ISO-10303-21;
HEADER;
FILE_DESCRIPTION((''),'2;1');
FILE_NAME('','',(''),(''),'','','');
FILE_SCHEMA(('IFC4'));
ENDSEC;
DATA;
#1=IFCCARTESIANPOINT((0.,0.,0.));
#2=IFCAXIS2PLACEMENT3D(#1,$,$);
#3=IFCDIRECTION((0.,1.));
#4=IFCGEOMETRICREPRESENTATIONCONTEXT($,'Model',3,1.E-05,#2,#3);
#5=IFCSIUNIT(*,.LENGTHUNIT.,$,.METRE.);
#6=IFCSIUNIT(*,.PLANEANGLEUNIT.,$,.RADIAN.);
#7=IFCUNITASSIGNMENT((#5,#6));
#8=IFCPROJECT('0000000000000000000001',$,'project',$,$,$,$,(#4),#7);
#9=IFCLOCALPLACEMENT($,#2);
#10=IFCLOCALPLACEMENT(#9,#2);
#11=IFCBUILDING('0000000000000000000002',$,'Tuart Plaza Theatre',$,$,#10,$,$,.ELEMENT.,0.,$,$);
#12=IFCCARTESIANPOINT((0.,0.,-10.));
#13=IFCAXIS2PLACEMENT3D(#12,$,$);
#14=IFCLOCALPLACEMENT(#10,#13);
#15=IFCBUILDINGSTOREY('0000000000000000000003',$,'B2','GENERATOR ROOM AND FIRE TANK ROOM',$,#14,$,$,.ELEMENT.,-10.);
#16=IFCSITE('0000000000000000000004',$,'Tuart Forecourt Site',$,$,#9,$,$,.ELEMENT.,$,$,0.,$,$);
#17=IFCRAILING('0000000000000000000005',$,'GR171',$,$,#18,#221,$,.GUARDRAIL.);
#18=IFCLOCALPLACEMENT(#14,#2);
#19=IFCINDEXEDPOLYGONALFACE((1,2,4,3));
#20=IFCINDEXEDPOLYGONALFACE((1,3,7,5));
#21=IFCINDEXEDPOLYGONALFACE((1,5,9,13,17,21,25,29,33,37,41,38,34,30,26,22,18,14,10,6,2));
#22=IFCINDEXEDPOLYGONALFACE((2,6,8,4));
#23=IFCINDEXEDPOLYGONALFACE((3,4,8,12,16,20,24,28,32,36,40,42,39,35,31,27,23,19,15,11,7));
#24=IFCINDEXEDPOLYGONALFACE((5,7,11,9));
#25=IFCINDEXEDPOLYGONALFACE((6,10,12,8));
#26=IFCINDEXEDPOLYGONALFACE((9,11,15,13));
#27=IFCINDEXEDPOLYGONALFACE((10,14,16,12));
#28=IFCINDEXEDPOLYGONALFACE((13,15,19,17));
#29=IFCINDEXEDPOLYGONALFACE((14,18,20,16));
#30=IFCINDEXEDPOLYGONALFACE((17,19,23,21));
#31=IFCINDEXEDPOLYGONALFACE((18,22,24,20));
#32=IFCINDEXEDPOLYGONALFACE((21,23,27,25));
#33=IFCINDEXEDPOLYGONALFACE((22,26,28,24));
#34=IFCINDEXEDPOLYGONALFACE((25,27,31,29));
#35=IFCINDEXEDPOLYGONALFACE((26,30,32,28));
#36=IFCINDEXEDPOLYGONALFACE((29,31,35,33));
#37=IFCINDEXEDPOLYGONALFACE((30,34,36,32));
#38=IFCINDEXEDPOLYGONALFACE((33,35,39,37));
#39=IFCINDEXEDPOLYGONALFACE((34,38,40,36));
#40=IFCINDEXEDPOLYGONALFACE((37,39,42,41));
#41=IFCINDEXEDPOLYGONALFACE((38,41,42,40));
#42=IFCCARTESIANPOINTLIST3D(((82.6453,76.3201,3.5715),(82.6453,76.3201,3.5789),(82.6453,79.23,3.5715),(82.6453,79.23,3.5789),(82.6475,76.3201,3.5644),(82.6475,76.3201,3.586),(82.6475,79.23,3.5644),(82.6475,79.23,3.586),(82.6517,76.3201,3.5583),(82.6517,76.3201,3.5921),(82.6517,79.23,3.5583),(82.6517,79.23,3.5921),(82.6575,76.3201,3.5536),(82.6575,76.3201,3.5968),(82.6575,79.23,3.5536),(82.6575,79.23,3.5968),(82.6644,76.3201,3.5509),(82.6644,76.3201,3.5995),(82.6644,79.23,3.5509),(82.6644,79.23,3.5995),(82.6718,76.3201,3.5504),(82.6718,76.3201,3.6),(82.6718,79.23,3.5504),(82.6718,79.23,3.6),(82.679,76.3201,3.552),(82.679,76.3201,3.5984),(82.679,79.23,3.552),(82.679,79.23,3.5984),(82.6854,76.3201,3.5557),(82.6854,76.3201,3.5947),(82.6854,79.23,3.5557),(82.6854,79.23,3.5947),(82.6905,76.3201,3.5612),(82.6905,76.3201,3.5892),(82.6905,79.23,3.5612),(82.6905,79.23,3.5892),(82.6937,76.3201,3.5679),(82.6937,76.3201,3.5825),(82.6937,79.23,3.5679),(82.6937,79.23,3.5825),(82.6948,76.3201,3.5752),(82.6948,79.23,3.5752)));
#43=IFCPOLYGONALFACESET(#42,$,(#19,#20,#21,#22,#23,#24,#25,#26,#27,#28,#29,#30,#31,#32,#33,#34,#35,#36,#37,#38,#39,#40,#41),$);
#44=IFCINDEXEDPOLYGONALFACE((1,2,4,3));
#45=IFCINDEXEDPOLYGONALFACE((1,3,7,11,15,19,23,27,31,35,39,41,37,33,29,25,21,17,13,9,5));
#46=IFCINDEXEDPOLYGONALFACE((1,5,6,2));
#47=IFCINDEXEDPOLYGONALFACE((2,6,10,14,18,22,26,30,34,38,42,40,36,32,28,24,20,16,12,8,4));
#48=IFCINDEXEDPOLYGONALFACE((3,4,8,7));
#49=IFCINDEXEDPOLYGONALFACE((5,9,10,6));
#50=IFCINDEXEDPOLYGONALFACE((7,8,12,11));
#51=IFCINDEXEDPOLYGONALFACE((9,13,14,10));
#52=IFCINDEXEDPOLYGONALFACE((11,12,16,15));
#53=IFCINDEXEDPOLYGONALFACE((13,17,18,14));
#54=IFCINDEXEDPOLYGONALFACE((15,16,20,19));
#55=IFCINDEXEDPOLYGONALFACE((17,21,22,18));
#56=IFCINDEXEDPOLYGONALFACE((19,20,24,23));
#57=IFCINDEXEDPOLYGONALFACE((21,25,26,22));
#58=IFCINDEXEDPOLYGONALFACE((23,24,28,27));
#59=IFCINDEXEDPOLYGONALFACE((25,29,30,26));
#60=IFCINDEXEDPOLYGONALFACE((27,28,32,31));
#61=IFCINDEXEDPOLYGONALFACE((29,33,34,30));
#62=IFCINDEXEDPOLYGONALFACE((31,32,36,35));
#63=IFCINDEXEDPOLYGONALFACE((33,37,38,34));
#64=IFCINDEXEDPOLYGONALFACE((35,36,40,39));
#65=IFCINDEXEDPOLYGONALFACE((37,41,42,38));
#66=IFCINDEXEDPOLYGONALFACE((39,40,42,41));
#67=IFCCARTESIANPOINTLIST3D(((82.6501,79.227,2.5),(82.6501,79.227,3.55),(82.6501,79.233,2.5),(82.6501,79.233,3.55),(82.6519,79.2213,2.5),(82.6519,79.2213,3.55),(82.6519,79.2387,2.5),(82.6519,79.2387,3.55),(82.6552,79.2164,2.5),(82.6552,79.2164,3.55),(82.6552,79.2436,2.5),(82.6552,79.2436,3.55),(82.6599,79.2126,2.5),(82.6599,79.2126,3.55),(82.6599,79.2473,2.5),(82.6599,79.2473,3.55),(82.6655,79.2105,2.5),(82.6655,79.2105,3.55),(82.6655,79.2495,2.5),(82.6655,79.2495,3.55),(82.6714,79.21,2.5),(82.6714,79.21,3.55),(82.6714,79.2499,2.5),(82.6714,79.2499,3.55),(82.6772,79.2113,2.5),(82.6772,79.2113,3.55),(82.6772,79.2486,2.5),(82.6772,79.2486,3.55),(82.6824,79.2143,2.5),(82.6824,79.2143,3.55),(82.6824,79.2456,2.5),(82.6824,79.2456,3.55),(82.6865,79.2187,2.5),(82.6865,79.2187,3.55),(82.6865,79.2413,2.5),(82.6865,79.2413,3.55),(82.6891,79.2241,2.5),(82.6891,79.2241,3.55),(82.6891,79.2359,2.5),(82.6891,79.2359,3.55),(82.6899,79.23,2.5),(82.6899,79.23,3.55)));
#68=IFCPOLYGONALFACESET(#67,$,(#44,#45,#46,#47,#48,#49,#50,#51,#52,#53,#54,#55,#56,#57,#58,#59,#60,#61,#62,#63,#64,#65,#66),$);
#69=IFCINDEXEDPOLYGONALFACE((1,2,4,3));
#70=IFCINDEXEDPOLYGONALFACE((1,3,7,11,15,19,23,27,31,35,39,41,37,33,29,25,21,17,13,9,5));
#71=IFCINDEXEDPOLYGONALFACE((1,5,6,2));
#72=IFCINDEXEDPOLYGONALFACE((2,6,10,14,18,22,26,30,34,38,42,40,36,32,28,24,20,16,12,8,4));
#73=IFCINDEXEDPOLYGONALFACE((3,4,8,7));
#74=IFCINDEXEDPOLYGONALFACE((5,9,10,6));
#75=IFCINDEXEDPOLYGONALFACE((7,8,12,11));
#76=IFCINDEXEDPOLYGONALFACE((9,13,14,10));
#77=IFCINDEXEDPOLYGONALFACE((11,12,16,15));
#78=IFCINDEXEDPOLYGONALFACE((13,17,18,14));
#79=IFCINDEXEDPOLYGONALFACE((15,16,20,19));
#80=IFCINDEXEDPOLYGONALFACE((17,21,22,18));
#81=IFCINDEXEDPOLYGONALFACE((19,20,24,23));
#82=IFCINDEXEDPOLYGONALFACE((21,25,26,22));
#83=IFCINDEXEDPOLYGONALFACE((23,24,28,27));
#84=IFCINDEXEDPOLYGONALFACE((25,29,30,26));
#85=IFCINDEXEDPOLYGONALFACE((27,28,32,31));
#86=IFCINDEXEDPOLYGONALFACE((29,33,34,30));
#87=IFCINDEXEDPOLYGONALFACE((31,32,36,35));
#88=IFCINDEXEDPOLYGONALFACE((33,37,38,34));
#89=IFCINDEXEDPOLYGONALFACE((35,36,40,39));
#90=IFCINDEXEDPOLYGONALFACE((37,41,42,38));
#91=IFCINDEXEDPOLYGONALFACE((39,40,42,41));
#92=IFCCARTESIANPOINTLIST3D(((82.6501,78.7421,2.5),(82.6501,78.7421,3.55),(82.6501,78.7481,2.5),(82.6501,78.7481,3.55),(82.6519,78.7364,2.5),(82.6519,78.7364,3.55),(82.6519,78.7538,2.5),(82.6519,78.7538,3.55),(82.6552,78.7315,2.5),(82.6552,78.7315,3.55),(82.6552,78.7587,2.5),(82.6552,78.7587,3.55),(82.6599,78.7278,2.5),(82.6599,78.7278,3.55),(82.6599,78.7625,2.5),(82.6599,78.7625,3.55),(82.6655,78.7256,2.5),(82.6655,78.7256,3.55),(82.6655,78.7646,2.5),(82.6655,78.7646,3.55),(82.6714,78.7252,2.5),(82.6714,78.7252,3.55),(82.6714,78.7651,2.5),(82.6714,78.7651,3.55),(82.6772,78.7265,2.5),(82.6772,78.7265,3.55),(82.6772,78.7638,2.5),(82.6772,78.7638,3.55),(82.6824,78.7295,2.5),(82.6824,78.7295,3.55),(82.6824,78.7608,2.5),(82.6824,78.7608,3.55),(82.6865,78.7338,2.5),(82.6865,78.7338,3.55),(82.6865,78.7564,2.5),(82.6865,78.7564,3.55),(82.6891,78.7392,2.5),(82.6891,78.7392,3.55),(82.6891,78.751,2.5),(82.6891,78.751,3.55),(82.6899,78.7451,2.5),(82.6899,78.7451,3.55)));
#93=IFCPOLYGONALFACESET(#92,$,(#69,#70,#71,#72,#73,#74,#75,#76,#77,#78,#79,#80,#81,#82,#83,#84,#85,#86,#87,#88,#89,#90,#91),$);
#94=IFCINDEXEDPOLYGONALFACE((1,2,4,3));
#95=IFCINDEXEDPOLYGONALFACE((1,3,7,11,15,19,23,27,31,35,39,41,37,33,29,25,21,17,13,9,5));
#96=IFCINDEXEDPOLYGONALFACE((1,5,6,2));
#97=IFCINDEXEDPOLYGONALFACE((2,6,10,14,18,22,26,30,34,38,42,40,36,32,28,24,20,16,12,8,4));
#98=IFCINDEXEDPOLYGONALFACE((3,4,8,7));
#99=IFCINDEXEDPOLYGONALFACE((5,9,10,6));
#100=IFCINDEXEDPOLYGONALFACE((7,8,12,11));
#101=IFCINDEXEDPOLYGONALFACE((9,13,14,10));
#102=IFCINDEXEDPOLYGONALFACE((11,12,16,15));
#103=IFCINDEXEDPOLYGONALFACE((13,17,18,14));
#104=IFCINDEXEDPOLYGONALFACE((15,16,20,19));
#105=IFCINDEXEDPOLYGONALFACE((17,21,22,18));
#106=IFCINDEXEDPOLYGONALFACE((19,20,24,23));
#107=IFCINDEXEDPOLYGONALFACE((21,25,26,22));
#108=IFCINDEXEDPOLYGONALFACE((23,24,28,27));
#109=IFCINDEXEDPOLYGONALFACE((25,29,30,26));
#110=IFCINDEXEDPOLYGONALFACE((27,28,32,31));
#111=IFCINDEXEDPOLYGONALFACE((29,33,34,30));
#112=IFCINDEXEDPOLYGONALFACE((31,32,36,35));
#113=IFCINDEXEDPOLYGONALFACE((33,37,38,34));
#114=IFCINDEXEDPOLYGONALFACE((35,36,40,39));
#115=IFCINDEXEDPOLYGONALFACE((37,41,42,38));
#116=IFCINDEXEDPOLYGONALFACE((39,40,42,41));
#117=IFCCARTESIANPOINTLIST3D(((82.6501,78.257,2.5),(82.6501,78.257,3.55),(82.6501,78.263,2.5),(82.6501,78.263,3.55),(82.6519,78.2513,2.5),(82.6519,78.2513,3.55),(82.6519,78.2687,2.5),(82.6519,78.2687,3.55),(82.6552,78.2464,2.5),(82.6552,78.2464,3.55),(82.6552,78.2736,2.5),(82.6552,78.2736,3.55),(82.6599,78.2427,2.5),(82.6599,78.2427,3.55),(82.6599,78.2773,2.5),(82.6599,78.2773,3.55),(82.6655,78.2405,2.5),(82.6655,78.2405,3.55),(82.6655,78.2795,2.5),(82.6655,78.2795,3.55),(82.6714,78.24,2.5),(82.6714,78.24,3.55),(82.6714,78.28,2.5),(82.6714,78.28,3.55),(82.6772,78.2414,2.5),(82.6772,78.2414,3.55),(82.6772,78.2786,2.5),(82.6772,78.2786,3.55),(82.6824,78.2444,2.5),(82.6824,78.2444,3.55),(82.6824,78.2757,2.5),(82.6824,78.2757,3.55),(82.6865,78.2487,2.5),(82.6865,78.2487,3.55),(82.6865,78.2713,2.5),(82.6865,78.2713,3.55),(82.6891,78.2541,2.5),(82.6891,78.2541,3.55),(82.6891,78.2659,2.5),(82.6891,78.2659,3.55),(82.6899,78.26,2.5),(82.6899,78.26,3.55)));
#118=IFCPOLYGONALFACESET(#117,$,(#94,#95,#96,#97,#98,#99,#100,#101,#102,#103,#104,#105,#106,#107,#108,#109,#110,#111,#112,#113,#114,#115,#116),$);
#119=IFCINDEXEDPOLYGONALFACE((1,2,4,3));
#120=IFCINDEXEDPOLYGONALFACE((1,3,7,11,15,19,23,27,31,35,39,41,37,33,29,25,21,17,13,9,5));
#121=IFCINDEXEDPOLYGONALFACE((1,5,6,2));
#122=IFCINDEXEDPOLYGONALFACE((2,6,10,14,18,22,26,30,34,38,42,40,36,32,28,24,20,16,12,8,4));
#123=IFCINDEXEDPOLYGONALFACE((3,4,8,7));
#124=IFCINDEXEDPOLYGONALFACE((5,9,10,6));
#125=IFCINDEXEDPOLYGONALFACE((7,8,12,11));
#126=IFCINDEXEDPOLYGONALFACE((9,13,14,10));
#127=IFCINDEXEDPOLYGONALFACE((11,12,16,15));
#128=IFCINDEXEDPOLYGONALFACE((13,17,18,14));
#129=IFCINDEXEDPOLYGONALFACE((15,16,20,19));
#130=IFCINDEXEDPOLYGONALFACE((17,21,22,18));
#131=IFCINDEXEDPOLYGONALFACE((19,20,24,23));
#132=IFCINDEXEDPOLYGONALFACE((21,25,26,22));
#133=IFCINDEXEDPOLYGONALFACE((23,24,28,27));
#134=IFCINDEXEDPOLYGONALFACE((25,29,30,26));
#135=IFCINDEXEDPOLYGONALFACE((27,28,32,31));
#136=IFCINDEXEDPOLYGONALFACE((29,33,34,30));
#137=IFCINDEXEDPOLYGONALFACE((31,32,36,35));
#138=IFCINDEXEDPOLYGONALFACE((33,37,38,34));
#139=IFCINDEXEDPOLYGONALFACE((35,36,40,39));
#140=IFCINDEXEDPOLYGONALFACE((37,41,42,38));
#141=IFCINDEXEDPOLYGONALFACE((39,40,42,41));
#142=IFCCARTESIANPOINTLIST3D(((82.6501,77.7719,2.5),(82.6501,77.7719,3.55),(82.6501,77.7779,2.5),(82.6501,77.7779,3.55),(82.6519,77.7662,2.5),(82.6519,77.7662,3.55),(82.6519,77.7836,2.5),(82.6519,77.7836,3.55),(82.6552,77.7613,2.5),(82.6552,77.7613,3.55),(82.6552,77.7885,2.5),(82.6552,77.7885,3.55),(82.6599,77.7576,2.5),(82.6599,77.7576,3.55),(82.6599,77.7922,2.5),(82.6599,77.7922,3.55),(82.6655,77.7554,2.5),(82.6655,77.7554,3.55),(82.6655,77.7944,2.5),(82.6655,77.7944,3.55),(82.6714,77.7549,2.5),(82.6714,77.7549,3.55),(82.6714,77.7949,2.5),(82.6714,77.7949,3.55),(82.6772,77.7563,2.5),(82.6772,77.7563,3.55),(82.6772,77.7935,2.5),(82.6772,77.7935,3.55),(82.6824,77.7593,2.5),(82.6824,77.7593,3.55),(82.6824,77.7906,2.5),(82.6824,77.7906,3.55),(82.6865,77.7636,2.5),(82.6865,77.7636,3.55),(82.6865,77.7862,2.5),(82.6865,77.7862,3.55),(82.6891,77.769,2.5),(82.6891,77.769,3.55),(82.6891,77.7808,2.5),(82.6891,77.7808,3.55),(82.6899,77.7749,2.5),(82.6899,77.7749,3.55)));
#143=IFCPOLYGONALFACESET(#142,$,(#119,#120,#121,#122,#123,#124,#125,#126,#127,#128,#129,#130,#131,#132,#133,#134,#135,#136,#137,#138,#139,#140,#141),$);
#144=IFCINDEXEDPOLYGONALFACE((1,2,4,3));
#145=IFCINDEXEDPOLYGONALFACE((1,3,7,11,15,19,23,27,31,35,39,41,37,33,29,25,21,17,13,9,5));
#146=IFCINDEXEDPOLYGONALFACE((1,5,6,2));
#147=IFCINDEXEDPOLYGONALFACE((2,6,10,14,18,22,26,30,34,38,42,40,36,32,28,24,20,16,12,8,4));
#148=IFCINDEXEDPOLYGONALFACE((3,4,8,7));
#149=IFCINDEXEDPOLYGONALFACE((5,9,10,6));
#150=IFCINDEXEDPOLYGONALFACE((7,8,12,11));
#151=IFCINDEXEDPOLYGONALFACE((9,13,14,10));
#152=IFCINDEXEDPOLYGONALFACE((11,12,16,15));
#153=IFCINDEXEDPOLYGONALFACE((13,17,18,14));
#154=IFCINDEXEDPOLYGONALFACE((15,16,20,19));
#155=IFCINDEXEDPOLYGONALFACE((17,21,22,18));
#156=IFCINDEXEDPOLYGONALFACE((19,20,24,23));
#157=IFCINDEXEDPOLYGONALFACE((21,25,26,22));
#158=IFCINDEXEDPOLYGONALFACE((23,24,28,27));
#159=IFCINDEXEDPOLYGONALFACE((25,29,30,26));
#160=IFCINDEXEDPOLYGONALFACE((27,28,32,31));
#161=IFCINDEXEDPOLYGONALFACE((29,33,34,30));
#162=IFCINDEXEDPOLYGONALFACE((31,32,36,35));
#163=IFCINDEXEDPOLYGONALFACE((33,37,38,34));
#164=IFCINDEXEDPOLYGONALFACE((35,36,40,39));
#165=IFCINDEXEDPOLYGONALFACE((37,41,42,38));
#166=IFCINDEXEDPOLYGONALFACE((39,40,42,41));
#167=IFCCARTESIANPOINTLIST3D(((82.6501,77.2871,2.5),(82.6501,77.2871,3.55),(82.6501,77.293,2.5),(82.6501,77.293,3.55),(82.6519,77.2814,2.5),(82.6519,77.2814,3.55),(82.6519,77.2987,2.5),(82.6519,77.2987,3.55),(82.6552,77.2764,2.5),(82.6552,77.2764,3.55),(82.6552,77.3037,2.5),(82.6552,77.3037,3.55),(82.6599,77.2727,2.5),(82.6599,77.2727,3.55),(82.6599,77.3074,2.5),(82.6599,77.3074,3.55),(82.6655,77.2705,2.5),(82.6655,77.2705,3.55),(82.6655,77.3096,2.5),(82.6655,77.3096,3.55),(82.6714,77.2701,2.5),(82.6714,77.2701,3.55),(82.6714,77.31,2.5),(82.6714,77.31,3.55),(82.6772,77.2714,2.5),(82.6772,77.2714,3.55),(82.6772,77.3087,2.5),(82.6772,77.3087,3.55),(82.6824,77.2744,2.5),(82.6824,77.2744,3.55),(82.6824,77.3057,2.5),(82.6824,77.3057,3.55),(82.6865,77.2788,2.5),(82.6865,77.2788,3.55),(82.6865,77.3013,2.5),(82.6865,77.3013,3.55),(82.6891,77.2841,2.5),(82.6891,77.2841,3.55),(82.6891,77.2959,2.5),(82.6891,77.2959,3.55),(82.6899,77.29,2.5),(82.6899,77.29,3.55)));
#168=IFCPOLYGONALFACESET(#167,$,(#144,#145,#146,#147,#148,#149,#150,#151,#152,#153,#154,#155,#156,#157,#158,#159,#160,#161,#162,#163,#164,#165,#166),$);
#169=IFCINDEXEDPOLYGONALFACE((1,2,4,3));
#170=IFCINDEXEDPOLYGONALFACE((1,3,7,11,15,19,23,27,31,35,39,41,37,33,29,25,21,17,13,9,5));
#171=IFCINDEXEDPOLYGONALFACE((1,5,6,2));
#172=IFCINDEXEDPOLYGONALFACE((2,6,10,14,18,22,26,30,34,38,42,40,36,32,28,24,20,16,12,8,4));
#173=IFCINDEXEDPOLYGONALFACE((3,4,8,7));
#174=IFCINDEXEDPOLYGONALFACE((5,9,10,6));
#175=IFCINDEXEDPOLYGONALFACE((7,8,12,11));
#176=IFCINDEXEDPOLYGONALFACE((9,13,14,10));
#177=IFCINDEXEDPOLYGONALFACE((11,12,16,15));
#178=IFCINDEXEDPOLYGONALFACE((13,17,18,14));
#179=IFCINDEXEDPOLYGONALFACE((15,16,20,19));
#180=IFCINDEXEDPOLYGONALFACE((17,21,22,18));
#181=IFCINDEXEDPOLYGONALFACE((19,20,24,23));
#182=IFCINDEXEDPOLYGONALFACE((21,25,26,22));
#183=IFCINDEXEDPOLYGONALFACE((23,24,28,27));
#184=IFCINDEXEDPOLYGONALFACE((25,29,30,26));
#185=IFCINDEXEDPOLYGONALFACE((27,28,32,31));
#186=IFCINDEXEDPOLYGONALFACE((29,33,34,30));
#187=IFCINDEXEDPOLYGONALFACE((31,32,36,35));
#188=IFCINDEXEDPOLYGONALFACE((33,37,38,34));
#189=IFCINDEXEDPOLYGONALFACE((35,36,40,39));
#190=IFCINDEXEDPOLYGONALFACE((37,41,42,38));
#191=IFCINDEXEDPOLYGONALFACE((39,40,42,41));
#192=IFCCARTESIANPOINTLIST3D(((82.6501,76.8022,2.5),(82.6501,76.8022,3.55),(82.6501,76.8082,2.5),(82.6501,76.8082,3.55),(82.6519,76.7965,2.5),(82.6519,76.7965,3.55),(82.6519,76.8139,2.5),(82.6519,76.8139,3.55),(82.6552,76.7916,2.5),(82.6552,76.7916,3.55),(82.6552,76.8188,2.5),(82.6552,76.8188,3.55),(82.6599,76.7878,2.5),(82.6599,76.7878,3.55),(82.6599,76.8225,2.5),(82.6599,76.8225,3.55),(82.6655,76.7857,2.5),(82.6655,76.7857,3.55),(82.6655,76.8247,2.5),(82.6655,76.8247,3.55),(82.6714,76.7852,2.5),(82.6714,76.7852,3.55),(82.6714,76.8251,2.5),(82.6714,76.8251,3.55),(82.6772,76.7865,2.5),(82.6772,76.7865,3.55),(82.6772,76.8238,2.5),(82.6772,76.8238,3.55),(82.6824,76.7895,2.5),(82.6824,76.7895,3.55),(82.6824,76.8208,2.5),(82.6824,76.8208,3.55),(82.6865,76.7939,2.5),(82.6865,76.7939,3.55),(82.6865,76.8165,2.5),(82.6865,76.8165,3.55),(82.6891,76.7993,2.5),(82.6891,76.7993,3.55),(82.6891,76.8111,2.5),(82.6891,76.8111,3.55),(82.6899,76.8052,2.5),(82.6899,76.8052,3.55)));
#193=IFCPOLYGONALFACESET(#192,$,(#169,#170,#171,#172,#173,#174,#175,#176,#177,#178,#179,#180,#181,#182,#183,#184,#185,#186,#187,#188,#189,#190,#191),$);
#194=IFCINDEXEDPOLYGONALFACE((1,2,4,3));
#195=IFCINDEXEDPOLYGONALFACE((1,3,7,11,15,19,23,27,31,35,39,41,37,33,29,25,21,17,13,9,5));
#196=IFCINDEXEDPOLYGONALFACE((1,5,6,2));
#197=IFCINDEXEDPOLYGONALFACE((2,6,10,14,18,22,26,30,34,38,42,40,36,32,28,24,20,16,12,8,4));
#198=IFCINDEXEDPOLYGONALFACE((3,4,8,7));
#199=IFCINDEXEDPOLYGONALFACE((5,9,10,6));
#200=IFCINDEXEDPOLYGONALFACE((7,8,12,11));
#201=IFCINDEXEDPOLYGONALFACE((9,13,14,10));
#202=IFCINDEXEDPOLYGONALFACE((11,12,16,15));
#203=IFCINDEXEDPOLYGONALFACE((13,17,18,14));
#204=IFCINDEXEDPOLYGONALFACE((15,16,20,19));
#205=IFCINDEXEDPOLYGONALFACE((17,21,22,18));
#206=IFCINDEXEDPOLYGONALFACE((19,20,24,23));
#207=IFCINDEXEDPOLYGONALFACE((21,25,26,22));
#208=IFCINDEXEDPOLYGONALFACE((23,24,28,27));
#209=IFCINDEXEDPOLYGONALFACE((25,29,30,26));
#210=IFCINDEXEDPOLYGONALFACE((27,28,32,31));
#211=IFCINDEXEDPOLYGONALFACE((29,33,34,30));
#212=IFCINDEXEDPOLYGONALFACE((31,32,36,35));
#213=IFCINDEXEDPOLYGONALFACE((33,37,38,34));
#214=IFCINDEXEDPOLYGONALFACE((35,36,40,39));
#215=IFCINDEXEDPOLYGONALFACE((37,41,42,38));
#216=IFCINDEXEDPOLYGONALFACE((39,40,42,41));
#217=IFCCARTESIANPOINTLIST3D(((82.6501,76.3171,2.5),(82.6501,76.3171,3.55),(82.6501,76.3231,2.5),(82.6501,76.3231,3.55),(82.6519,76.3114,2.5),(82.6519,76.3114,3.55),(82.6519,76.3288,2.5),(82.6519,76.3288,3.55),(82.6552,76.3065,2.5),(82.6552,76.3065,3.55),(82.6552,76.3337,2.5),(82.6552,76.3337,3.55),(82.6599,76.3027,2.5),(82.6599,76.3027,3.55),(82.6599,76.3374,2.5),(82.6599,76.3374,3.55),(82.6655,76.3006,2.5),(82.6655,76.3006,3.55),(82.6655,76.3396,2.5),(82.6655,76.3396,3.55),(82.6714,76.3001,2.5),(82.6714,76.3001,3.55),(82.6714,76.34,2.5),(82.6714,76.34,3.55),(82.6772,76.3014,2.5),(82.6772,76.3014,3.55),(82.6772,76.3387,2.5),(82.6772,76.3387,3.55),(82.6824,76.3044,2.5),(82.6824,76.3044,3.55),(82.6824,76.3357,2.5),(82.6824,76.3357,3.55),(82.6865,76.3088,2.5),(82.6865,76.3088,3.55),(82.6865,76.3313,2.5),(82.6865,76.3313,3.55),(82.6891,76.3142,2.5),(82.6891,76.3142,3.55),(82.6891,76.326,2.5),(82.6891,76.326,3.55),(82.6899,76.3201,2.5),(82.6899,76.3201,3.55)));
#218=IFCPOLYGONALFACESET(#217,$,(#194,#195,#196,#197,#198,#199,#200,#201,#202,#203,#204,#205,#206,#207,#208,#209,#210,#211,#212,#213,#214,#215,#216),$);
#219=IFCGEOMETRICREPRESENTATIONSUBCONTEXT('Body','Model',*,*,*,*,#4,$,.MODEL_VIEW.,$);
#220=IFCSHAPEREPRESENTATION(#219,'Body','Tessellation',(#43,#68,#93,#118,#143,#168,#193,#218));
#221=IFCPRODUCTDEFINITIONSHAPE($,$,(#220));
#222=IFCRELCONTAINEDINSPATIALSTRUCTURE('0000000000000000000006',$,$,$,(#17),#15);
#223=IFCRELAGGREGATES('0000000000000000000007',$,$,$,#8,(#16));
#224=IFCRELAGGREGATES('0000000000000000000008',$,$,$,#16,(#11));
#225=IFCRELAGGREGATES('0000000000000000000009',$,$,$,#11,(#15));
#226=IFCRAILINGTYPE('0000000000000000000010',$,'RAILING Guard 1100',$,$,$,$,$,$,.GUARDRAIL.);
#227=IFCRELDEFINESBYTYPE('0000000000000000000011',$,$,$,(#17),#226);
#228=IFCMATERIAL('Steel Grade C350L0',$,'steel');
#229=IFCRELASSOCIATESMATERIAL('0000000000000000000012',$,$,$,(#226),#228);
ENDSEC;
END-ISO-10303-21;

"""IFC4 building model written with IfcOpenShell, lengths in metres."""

from ifc_helpers import new_model, si_unit, direction, frame, origin, origin_2d, place, context, subcontext, project, spatial, circle, extrude, material, type_object, element, save


model = new_model("IFC4")

# Units and contexts
model_context = context("Model", 3, precision=1e-05, world=origin(), true_north=direction((0.0, 1.0)))
body_context = subcontext(model_context, "Body", "Model", "MODEL_VIEW")
ifc_project = project(units=[si_unit("LENGTHUNIT", "METRE"), si_unit("PLANEANGLEUNIT", "RADIAN")], contexts=[model_context])

# Site, building, storey
site_placement = place(None, origin())
site = spatial("IfcSite", under=ifc_project, at=site_placement, Name="Tuart Forecourt Site", CompositionType="ELEMENT", RefElevation=0.0)
building_placement = place(site_placement, origin())
building = spatial("IfcBuilding", under=site, at=building_placement, Name="Tuart Plaza Theatre", CompositionType="ELEMENT", ElevationOfRefHeight=0.0)
storey_placement = place(building_placement, frame((0.0, 0.0, -10.0)))
storey = spatial("IfcBuildingStorey", under=building, at=storey_placement, Name="B2", Description="GENERATOR ROOM AND FIRE TANK ROOM", CompositionType="ELEMENT", Elevation=-10.0)

# Railing
ifc_material_1 = material(Name="Steel Grade C350L0", Category="steel")
railing_type_1 = type_object("IfcRailingType", Name="RAILING Guard 1100", PredefinedType="GUARDRAIL", material=ifc_material_1)
railing_1_placement = place(storey_placement, frame((82.6699, 79.23, 2.5)))
element("IfcRailing", 1, at=railing_1_placement, inside=storey, type_object=railing_type_1, Name="GR171", PredefinedType="GUARDRAIL", context=body_context, shape_type="SweptSolid", body=[
    extrude(circle(Radius=0.0249, at=origin_2d()), frame((0.0, 0.0, 1.0752), z_axis=(0.0, -1.0, 0.0), x_axis=(1.0, 0.0, 0.0)), (0.0, 0.0, 1.0), 2.9099),
    extrude(circle(Radius=0.02, at=origin_2d()), origin(), (0.0, 0.0, 1.0), 1.05),
    extrude(circle(Radius=0.02, at=origin_2d()), frame((0.0, -0.4849, 0.0)), (0.0, 0.0, 1.0), 1.05),
    extrude(circle(Radius=0.02, at=origin_2d()), frame((0.0, -0.97, 0.0)), (0.0, 0.0, 1.0), 1.05),
    extrude(circle(Radius=0.02, at=origin_2d()), frame((0.0, -1.4551, 0.0)), (0.0, 0.0, 1.0), 1.05),
    extrude(circle(Radius=0.02, at=origin_2d()), frame((0.0, -1.9399, 0.0)), (0.0, 0.0, 1.0), 1.05),
    extrude(circle(Radius=0.02, at=origin_2d()), frame((0.0, -2.4248, 0.0)), (0.0, 0.0, 1.0), 1.05),
    extrude(circle(Radius=0.02, at=origin_2d()), frame((0.0, -2.9099, 0.0)), (0.0, 0.0, 1.0), 1.05),
])

save(model, "model.ifc")
